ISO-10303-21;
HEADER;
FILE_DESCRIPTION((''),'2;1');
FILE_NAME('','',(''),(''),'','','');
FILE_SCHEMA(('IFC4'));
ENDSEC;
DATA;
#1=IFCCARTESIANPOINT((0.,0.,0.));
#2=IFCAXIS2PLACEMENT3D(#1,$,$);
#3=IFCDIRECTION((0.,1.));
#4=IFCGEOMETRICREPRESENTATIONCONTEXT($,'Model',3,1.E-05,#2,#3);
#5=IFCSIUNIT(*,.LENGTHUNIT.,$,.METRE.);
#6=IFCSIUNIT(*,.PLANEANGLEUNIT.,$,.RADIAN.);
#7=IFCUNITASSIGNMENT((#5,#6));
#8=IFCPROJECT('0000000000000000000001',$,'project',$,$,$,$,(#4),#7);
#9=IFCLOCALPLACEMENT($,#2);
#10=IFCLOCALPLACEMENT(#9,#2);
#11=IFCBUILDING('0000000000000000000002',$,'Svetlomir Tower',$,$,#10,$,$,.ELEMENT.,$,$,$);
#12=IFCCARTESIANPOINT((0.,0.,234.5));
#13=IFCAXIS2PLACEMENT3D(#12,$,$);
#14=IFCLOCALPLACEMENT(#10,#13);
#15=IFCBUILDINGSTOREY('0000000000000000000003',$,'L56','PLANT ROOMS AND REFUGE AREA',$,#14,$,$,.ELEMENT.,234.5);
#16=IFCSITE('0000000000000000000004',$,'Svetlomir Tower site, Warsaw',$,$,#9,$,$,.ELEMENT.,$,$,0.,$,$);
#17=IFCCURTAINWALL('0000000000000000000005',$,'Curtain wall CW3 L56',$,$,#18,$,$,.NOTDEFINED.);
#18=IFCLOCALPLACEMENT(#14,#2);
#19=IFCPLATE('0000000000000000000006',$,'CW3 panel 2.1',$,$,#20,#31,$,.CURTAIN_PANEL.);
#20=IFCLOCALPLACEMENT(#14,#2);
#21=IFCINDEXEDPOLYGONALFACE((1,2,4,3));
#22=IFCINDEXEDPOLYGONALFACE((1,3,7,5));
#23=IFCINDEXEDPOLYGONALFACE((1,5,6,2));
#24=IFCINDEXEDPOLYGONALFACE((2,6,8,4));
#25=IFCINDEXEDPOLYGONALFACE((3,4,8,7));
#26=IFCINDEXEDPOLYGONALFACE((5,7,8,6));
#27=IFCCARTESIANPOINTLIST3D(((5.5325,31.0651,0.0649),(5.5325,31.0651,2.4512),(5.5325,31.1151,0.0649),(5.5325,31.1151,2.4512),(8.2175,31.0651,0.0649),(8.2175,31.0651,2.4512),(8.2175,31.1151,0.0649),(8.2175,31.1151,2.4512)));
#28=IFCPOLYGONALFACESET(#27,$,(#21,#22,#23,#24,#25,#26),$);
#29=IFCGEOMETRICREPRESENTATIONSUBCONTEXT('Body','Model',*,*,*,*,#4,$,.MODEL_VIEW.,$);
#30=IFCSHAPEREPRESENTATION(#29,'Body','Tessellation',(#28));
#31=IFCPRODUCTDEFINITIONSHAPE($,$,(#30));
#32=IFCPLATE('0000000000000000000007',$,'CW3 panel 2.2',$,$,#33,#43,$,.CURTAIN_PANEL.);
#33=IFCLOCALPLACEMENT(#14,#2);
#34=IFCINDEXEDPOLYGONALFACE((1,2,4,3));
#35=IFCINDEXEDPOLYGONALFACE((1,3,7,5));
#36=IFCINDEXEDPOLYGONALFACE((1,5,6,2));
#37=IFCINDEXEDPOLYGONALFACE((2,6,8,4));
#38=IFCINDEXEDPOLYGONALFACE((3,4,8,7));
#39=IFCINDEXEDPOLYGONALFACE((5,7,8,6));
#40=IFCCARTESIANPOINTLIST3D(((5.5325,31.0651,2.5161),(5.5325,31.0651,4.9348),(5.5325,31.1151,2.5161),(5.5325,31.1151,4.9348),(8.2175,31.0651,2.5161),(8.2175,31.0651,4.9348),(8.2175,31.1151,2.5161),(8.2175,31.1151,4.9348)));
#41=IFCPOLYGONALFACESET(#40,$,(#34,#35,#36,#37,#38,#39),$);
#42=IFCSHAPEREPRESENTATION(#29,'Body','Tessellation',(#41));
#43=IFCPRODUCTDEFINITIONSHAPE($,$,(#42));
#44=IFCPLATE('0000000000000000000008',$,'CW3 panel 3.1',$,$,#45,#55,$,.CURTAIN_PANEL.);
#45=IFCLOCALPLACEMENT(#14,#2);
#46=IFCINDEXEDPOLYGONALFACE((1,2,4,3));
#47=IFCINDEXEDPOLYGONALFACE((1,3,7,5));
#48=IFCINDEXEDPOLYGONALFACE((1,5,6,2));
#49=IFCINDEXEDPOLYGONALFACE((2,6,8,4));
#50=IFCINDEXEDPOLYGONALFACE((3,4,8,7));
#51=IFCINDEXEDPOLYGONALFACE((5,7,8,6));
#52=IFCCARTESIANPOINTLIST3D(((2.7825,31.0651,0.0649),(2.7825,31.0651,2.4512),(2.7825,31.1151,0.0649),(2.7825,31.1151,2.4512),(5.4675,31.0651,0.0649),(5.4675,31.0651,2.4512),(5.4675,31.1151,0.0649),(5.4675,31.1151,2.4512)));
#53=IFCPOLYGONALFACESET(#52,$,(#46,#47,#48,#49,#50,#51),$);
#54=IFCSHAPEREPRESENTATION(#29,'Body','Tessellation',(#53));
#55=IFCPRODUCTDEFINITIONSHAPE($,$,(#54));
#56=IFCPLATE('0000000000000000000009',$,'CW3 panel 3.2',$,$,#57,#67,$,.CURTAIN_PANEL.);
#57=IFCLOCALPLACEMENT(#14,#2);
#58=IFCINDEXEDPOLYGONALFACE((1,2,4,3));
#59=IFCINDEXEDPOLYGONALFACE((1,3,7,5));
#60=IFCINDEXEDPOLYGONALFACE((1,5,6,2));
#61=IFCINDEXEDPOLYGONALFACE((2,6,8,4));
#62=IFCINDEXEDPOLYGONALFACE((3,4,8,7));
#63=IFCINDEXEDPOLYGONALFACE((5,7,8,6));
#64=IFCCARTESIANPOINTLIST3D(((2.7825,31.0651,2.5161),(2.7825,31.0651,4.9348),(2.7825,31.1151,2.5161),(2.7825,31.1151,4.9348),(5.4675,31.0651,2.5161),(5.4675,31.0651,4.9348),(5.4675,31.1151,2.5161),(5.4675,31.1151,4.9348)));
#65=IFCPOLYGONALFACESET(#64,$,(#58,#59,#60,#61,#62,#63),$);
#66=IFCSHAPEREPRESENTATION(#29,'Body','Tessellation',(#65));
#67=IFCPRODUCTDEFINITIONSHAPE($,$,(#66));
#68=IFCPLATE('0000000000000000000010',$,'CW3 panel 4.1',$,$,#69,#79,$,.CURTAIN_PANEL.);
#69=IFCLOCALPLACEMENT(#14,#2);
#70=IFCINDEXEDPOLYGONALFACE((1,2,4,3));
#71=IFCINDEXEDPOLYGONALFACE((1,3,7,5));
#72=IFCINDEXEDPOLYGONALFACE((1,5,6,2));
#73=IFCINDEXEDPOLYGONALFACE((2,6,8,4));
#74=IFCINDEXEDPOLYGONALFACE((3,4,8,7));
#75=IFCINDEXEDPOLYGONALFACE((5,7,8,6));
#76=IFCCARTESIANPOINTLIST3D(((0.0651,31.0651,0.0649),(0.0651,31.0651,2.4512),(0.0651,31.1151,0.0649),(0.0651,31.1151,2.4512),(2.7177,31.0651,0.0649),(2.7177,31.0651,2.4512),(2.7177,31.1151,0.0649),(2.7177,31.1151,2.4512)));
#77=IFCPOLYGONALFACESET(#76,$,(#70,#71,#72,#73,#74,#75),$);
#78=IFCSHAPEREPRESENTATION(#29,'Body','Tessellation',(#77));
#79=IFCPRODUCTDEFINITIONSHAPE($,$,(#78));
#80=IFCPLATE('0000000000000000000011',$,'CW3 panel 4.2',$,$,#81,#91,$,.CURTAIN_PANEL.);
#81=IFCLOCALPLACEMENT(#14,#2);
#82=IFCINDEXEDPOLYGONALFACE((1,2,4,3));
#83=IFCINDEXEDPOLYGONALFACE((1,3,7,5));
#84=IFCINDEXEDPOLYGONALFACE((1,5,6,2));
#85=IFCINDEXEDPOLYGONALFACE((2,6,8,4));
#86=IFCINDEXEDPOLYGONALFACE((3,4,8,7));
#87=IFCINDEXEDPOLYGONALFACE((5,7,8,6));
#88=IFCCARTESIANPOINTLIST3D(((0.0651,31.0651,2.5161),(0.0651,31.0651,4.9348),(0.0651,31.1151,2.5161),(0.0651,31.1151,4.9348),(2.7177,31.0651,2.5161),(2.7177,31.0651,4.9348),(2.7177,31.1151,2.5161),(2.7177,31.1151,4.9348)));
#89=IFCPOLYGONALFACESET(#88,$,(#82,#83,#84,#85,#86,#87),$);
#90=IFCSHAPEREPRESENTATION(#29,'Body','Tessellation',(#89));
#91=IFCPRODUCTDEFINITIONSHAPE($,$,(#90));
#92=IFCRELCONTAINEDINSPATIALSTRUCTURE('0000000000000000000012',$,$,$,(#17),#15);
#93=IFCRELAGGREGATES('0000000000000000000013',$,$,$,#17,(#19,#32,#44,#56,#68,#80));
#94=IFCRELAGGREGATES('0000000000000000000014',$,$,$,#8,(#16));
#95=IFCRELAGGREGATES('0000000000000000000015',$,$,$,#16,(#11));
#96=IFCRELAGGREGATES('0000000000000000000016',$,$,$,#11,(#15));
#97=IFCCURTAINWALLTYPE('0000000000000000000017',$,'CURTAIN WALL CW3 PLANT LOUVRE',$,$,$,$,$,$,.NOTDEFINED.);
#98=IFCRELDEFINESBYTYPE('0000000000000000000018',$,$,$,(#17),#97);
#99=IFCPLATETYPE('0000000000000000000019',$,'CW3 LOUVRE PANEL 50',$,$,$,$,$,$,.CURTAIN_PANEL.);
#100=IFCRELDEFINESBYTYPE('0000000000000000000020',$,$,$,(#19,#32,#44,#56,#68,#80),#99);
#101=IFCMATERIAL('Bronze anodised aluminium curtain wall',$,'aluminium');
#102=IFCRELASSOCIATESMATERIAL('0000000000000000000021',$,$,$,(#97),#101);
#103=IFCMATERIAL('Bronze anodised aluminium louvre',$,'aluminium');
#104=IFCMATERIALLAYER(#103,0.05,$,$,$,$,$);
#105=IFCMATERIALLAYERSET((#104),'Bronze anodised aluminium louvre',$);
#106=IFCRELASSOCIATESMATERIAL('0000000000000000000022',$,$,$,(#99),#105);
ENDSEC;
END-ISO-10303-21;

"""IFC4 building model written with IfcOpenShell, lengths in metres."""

from ifc_helpers import new_model, si_unit, direction, frame, origin, origin_2d, place, context, subcontext, project, spatial, rectangle, extrude, material, layer, layer_set, type_object, element, aggregate, save


model = new_model("IFC4")

# Units and contexts
model_context = context("Model", 3, precision=1e-05, world=origin(), true_north=direction((0.0, 1.0)))
body_context = subcontext(model_context, "Body", "Model", "MODEL_VIEW")
ifc_project = project(units=[si_unit("LENGTHUNIT", "METRE"), si_unit("PLANEANGLEUNIT", "RADIAN")], contexts=[model_context])

# Site, building, storey
site_placement = place(None, origin())
site = spatial("IfcSite", under=ifc_project, at=site_placement, Name="Svetlomir Tower site, Warsaw", CompositionType="ELEMENT", RefElevation=0.0)
building_placement = place(site_placement, origin())
building = spatial("IfcBuilding", under=site, at=building_placement, Name="Svetlomir Tower", CompositionType="ELEMENT")
storey_placement = place(building_placement, frame((0.0, 0.0, 234.5)))
storey = spatial("IfcBuildingStorey", under=building, at=storey_placement, Name="L56", Description="PLANT ROOMS AND REFUGE AREA", CompositionType="ELEMENT", Elevation=234.5)

# Curtain wall
ifc_material_1 = material(Name="Bronze anodised aluminium curtain wall", Category="aluminium")
curtain_wall_type = type_object("IfcCurtainWallType", Name="CURTAIN WALL CW3 PLANT LOUVRE", PredefinedType="NOTDEFINED", material=ifc_material_1)
curtain_wall_1_placement = place(storey_placement, origin())
curtain_wall_1 = element("IfcCurtainWall", 1, at=curtain_wall_1_placement, inside=storey, type_object=curtain_wall_type, Name="Curtain wall CW3 L56", PredefinedType="NOTDEFINED")

# Plates
ifc_material_2 = material(Name="Bronze anodised aluminium louvre", Category="aluminium")
ifc_layer = layer(ifc_material_2, 0.05)
ifc_layer_set = layer_set([ifc_layer], Name="Bronze anodised aluminium louvre")
plate_type = type_object("IfcPlateType", Name="CW3 LOUVRE PANEL 50", PredefinedType="CURTAIN_PANEL", material=ifc_layer_set)
plate_1_placement = place(storey_placement, frame((6.875, 31.0901, 0.0649), z_axis=(0.0, 0.0, 1.0), x_axis=(-1.0, 0.0, 0.0)))
plate_1 = element("IfcPlate", 2, at=plate_1_placement, type_object=plate_type, Name="CW3 panel 2.1", PredefinedType="CURTAIN_PANEL", context=body_context, shape_type="SweptSolid", body=[
    extrude(rectangle(XDim=2.6851, YDim=0.05, at=origin_2d()), origin(), (0.0, 0.0, 1.0), 2.3862),
])
plate_2_placement = place(storey_placement, frame((6.875, 31.0901, 2.5161), z_axis=(0.0, 0.0, 1.0), x_axis=(-1.0, 0.0, 0.0)))
plate_2 = element("IfcPlate", 3, at=plate_2_placement, type_object=plate_type, Name="CW3 panel 2.2", PredefinedType="CURTAIN_PANEL", context=body_context, shape_type="SweptSolid", body=[
    extrude(rectangle(XDim=2.6851, YDim=0.05, at=origin_2d()), origin(), (0.0, 0.0, 1.0), 2.4187),
])
plate_3_placement = place(storey_placement, frame((4.125, 31.0901, 0.0649), z_axis=(0.0, 0.0, 1.0), x_axis=(-1.0, 0.0, 0.0)))
plate_3 = element("IfcPlate", 4, at=plate_3_placement, type_object=plate_type, Name="CW3 panel 3.1", PredefinedType="CURTAIN_PANEL", context=body_context, shape_type="SweptSolid", body=[
    extrude(rectangle(XDim=2.6851, YDim=0.05, at=origin_2d()), origin(), (0.0, 0.0, 1.0), 2.3862),
])
plate_4_placement = place(storey_placement, frame((4.125, 31.0901, 2.5161), z_axis=(0.0, 0.0, 1.0), x_axis=(-1.0, 0.0, 0.0)))
plate_4 = element("IfcPlate", 5, at=plate_4_placement, type_object=plate_type, Name="CW3 panel 3.2", PredefinedType="CURTAIN_PANEL", context=body_context, shape_type="SweptSolid", body=[
    extrude(rectangle(XDim=2.6851, YDim=0.05, at=origin_2d()), origin(), (0.0, 0.0, 1.0), 2.4187),
])
plate_5_placement = place(storey_placement, frame((1.3914, 31.0901, 0.0649), z_axis=(0.0, 0.0, 1.0), x_axis=(-1.0, 0.0, 0.0)))
plate_5 = element("IfcPlate", 6, at=plate_5_placement, type_object=plate_type, Name="CW3 panel 4.1", PredefinedType="CURTAIN_PANEL", context=body_context, shape_type="SweptSolid", body=[
    extrude(rectangle(XDim=2.6526, YDim=0.05, at=origin_2d()), origin(), (0.0, 0.0, 1.0), 2.3862),
])
plate_6_placement = place(storey_placement, frame((1.3914, 31.0901, 2.5161), z_axis=(0.0, 0.0, 1.0), x_axis=(-1.0, 0.0, 0.0)))
plate_6 = element("IfcPlate", 7, at=plate_6_placement, type_object=plate_type, Name="CW3 panel 4.2", PredefinedType="CURTAIN_PANEL", context=body_context, shape_type="SweptSolid", body=[
    extrude(rectangle(XDim=2.6526, YDim=0.05, at=origin_2d()), origin(), (0.0, 0.0, 1.0), 2.4187),
])
aggregate(curtain_wall_1, [plate_1, plate_2, plate_3, plate_4, plate_5, plate_6])

save(model, "model.ifc")
